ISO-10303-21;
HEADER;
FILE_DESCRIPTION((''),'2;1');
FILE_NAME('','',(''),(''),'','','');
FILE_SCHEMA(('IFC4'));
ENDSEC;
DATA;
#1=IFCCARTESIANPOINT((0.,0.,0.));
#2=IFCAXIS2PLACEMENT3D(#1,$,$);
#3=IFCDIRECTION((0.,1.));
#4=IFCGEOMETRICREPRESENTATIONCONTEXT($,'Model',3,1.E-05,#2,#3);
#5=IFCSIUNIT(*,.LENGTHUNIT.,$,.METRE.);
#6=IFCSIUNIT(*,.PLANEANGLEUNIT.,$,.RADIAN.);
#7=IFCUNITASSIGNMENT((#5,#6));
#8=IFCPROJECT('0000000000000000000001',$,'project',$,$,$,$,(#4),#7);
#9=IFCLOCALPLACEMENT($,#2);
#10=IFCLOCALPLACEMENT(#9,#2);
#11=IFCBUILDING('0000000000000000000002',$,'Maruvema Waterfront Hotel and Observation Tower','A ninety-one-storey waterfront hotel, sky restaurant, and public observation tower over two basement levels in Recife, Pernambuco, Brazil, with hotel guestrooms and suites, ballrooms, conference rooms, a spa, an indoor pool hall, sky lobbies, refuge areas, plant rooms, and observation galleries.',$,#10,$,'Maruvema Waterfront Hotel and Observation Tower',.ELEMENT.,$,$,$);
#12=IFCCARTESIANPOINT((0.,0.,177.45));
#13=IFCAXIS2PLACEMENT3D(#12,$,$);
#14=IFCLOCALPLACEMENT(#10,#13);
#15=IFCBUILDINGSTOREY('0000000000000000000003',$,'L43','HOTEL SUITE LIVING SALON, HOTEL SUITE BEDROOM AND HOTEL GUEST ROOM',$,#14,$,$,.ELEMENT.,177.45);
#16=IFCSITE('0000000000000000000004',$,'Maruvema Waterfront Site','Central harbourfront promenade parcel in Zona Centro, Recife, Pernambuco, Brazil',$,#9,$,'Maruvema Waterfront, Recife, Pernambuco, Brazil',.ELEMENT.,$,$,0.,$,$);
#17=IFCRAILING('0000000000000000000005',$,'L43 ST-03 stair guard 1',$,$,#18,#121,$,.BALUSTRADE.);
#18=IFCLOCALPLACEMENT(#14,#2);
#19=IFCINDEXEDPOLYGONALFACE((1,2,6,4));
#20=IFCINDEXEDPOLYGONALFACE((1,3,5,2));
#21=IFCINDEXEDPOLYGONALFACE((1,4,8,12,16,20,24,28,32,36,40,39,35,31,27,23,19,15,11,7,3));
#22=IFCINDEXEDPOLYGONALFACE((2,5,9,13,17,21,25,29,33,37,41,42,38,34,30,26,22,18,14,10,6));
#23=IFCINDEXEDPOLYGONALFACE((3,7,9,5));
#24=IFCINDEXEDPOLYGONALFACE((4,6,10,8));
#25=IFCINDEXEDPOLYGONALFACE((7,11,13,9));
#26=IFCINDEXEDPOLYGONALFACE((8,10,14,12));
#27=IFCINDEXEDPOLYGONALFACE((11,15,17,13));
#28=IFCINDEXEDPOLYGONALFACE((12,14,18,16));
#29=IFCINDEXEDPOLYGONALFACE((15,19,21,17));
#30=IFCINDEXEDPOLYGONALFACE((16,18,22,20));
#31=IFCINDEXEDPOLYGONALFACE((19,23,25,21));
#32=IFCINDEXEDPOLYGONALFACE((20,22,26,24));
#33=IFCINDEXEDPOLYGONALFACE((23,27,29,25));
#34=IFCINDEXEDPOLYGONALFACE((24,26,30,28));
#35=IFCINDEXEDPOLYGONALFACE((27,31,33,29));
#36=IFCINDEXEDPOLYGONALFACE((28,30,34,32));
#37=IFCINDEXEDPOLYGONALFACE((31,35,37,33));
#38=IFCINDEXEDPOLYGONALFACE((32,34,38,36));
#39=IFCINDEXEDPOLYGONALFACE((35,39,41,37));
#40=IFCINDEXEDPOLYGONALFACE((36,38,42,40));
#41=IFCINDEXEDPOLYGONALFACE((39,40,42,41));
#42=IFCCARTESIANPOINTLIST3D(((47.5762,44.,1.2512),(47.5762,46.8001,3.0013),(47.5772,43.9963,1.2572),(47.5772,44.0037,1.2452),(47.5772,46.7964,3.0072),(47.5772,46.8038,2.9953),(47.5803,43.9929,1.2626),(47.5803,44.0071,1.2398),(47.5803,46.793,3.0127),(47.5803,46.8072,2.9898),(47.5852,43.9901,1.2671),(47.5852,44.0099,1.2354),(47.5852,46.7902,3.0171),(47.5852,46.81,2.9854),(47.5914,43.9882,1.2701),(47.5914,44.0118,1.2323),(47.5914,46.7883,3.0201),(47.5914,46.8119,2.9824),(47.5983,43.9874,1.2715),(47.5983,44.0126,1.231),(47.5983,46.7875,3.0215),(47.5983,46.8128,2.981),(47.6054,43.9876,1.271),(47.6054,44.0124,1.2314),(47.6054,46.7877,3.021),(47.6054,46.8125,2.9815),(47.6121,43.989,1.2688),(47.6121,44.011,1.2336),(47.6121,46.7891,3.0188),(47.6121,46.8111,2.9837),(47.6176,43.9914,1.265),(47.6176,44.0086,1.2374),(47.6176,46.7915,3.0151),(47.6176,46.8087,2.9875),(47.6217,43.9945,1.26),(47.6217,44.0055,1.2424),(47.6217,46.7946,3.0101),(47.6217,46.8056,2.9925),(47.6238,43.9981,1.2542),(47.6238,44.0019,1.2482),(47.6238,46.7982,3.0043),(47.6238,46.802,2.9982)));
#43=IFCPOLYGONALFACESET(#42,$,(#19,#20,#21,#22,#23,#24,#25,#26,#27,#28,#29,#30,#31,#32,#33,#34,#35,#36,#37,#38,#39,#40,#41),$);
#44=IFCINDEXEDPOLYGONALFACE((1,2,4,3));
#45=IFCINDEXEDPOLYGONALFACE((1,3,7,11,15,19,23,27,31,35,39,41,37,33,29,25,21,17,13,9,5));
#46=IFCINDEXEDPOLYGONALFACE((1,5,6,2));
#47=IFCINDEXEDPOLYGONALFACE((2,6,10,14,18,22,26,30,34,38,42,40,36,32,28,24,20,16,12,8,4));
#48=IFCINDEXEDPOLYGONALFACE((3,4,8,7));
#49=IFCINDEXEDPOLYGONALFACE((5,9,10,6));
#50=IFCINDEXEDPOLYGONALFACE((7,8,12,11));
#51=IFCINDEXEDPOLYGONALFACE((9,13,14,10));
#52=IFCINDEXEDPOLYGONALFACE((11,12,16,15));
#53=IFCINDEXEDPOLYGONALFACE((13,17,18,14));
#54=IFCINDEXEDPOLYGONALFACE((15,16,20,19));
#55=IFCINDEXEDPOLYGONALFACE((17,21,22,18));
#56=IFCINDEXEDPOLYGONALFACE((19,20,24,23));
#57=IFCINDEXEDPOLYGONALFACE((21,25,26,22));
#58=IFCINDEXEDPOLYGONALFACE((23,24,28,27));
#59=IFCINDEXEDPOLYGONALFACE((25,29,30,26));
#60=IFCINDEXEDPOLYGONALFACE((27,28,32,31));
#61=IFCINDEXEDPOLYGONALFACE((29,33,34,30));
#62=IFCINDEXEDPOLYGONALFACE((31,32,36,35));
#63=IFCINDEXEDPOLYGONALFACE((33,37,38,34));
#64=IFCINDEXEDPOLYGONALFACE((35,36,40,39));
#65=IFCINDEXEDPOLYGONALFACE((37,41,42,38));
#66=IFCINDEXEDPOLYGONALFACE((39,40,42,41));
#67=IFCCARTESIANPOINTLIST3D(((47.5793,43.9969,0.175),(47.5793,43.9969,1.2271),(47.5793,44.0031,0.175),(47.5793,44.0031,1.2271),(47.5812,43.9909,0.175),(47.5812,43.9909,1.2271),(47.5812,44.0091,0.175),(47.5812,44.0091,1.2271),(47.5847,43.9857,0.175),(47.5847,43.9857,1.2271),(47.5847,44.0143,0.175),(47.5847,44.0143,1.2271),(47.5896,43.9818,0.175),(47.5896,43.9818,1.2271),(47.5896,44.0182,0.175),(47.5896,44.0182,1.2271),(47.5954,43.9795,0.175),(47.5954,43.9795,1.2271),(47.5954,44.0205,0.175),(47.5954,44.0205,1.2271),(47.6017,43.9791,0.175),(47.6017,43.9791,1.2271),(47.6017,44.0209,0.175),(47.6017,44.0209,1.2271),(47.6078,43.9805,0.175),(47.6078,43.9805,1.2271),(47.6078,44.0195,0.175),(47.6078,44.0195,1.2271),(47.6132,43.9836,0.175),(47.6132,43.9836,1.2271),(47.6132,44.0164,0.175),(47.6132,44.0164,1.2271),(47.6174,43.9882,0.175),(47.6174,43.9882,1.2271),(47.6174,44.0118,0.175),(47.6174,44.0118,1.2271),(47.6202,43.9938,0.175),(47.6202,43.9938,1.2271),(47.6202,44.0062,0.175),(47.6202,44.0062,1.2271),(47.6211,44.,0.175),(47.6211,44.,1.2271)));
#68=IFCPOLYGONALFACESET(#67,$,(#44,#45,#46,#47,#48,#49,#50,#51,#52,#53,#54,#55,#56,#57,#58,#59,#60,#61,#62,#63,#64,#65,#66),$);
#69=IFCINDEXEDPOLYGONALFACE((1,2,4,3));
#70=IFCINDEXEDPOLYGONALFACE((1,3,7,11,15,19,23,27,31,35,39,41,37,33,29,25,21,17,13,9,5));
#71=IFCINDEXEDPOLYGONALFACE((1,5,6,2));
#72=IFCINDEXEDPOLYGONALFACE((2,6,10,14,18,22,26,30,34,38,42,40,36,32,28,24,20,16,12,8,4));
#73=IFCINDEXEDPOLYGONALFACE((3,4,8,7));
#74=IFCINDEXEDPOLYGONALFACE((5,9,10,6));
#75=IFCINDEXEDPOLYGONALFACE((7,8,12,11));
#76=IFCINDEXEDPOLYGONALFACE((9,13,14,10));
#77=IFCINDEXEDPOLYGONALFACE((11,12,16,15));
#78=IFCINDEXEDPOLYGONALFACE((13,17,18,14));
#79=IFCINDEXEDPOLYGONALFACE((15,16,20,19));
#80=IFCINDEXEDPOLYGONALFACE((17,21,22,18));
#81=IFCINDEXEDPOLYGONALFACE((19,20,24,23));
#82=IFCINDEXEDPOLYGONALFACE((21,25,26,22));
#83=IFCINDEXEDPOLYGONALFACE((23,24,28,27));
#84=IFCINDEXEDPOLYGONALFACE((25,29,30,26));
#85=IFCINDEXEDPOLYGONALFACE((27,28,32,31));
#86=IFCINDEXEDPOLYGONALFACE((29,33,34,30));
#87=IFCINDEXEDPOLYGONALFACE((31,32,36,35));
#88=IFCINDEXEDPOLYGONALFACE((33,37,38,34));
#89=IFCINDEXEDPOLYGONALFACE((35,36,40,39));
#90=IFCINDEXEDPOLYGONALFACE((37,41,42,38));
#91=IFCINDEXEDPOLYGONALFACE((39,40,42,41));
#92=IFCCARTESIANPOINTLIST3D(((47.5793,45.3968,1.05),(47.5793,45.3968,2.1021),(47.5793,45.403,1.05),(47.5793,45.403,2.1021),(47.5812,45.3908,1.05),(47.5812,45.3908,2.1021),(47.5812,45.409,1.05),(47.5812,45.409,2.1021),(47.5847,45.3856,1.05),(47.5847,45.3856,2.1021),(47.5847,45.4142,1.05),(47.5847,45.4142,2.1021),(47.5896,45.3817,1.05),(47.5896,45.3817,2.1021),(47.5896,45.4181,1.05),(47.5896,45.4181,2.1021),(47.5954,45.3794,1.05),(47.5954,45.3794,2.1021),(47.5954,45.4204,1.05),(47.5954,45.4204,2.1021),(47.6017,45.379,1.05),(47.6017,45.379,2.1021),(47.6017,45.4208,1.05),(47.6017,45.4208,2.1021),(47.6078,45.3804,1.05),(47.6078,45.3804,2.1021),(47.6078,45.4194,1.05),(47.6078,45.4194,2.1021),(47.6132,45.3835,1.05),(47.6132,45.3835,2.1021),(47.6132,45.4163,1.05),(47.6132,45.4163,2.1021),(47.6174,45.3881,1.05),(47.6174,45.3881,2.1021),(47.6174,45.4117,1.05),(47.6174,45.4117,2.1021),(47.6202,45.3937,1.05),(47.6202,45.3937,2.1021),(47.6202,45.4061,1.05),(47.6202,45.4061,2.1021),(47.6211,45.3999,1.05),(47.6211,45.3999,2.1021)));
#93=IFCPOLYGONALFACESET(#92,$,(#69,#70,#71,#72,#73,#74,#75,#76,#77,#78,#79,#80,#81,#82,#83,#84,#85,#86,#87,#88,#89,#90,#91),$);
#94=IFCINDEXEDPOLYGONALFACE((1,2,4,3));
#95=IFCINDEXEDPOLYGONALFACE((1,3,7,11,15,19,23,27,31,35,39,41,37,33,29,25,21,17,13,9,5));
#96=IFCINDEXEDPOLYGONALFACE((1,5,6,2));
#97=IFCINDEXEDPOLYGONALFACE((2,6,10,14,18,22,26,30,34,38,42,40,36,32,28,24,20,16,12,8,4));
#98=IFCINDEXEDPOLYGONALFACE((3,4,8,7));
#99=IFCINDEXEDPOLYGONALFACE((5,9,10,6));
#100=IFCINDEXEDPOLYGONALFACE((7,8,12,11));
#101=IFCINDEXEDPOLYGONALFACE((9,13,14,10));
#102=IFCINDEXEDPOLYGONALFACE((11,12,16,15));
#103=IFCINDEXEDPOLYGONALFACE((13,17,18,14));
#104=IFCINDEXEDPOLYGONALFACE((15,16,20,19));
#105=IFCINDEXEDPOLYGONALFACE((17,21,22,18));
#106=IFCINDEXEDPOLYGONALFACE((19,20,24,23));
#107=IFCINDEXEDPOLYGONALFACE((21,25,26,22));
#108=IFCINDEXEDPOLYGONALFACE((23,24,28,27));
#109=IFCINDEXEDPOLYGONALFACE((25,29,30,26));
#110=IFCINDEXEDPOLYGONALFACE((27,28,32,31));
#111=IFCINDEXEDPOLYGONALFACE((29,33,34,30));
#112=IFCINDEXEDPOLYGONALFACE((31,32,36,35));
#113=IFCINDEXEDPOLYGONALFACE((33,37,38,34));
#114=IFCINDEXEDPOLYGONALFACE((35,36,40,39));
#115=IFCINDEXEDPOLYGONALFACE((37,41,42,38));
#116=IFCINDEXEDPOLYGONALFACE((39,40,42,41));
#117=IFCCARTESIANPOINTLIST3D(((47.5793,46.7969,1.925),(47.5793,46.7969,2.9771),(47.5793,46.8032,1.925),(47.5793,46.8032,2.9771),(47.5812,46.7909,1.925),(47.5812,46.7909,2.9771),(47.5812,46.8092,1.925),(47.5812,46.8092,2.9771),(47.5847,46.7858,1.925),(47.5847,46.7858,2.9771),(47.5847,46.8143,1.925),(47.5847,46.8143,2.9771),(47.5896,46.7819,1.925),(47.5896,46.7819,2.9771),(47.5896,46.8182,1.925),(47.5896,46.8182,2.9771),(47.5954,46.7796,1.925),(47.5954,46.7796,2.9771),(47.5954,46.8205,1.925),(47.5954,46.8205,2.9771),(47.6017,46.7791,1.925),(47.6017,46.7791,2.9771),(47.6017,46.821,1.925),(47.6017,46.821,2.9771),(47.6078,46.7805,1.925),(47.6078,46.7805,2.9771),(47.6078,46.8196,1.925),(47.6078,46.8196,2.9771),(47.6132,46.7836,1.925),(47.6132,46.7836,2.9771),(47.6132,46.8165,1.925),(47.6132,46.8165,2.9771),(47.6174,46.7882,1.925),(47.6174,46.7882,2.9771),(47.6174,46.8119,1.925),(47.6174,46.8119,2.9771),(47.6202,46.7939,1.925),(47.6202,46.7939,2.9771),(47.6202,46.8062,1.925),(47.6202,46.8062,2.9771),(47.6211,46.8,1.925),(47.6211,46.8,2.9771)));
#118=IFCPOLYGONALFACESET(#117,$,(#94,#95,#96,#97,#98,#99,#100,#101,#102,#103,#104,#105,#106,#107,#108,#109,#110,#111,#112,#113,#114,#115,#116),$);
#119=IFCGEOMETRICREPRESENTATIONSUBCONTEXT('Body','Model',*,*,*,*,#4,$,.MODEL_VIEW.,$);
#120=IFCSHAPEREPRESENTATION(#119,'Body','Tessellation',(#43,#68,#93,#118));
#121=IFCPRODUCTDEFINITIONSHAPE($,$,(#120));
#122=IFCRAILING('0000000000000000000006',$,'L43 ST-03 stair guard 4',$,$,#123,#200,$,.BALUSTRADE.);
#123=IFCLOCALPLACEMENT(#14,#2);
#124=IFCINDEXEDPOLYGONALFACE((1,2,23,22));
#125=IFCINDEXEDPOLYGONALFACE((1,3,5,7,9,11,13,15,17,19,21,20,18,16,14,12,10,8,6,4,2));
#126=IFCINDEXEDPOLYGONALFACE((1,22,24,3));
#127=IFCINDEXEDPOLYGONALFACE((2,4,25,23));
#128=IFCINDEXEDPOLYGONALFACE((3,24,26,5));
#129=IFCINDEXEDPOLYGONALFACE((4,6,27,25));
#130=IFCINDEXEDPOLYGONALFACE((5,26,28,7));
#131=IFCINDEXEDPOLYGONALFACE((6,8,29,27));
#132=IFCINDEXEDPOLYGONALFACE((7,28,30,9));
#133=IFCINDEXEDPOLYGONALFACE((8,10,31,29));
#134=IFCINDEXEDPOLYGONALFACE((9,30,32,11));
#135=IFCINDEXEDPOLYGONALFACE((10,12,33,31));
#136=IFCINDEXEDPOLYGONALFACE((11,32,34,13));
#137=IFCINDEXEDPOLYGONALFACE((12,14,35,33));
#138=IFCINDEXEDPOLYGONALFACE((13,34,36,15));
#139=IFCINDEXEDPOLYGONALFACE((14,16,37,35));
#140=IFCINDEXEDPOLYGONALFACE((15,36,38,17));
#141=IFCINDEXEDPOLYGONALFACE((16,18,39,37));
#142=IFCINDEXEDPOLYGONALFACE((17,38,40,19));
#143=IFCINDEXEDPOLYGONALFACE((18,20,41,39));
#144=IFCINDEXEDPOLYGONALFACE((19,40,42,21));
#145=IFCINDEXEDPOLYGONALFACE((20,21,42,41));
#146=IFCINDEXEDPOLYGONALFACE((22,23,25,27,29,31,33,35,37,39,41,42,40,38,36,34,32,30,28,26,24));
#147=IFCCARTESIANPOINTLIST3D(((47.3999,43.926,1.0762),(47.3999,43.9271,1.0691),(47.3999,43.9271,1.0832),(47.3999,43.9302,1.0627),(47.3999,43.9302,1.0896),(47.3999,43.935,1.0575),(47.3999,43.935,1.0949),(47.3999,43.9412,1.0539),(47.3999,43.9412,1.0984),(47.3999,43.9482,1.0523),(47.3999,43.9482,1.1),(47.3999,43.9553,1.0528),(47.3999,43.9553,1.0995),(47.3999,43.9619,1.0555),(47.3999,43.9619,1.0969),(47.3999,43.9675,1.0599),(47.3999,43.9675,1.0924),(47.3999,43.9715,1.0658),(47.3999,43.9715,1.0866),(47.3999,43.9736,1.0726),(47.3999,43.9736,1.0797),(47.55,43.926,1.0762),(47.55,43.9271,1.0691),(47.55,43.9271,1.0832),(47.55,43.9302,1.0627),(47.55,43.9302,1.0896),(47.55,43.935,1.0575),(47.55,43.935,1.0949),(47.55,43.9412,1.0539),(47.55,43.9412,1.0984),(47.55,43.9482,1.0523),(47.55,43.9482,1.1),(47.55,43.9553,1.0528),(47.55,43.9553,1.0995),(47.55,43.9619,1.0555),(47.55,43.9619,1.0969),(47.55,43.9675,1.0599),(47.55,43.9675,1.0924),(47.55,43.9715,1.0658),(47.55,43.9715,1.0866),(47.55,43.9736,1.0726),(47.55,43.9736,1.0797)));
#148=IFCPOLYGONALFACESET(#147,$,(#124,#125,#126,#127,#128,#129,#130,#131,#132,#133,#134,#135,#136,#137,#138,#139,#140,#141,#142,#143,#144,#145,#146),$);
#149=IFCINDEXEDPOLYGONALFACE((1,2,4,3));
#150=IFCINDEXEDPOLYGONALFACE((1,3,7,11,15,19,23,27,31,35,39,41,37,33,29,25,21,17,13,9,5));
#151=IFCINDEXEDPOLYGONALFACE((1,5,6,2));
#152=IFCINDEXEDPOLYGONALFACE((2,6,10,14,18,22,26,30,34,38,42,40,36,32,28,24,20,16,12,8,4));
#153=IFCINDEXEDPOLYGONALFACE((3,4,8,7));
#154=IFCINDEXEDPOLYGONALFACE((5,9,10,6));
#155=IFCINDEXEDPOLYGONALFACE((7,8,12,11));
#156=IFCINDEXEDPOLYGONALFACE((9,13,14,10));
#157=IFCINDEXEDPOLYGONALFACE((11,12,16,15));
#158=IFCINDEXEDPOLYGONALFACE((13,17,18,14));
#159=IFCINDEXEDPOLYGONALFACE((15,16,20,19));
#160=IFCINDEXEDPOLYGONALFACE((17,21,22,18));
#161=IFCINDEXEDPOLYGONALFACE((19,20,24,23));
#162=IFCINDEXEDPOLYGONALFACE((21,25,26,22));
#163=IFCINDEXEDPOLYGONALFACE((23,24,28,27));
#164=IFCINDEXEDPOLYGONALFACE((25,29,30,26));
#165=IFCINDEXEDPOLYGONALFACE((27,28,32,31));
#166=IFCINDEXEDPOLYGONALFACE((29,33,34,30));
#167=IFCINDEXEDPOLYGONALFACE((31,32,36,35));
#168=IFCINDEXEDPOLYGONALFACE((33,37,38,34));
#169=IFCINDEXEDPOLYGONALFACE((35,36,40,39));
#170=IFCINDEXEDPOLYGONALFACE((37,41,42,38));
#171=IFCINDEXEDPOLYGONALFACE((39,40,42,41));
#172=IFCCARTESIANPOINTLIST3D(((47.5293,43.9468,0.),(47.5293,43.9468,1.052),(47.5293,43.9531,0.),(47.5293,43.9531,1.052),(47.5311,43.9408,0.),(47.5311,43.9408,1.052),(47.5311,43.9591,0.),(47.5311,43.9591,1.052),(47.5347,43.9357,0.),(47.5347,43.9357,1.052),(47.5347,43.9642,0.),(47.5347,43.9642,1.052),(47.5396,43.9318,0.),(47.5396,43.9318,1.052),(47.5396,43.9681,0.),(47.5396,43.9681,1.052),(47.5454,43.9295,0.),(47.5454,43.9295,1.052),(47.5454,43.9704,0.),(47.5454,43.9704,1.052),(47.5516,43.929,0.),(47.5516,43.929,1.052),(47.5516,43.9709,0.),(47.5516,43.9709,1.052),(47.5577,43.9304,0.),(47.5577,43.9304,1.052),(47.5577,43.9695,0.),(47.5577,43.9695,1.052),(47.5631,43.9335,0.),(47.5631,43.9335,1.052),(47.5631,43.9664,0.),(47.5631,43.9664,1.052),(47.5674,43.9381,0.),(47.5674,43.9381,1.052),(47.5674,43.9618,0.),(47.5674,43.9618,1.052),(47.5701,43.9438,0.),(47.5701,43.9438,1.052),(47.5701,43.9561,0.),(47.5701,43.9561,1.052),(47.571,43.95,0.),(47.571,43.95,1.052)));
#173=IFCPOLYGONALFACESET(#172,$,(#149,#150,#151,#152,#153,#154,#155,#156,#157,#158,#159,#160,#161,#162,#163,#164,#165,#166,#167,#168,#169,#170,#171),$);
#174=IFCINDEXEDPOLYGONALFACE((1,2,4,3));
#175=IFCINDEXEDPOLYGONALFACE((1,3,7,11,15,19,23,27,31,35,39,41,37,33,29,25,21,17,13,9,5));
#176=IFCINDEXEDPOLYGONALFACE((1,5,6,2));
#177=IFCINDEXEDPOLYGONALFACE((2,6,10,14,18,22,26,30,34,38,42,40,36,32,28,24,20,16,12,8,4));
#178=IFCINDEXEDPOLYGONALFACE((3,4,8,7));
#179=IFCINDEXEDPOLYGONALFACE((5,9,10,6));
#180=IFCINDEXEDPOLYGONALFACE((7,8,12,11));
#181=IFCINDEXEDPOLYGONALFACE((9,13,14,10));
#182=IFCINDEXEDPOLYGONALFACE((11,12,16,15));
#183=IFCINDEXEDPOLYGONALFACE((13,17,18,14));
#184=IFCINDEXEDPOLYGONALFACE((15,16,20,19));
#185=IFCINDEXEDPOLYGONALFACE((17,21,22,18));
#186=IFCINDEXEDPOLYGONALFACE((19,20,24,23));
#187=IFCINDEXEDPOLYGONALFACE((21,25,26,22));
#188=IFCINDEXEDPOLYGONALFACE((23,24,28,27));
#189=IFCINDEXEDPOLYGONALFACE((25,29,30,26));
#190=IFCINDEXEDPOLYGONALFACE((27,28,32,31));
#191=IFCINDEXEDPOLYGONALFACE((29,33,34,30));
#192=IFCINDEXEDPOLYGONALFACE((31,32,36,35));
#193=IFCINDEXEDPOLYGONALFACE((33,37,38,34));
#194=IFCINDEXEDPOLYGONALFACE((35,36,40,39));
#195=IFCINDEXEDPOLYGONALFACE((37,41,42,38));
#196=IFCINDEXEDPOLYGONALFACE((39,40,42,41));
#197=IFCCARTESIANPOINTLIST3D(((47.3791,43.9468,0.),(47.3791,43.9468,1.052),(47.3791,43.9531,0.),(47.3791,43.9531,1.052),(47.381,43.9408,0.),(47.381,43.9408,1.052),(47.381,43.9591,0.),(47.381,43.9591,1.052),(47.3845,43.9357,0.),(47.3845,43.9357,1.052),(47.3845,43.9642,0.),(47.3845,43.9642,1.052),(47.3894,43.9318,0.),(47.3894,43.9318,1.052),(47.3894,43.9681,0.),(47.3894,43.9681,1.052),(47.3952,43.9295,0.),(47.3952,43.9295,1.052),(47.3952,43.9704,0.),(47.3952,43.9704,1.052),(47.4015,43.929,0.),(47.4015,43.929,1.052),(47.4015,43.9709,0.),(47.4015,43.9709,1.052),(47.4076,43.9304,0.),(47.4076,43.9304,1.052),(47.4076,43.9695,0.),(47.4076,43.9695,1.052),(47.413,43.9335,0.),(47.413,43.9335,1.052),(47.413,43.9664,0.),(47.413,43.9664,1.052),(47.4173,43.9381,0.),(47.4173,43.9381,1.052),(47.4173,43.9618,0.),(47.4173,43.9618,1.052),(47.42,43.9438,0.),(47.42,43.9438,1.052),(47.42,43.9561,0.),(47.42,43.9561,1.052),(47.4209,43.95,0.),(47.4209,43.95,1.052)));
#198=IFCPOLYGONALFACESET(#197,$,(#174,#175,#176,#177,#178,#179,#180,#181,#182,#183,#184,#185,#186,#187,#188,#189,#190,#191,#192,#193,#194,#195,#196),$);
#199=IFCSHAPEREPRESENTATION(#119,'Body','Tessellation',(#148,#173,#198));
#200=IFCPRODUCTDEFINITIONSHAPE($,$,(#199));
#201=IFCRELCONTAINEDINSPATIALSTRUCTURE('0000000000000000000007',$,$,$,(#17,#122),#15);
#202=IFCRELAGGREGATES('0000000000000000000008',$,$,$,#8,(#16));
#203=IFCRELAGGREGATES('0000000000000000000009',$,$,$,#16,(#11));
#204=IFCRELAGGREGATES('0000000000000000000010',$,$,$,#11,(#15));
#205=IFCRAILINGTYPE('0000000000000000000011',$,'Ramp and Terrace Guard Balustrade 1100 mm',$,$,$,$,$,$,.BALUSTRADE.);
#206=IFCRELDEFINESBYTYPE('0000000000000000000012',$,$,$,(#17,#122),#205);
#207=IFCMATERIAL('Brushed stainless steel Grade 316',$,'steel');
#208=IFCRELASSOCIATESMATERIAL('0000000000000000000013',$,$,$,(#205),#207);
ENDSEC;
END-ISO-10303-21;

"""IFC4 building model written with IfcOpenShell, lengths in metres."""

from ifc_helpers import new_model, si_unit, direction, frame, origin, origin_2d, place, context, subcontext, project, spatial, circle, extrude, material, type_object, element, save


model = new_model("IFC4")

# Units and contexts
model_context = context("Model", 3, precision=1e-05, world=origin(), true_north=direction((0.0, 1.0)))
body_context = subcontext(model_context, "Body", "Model", "MODEL_VIEW")
ifc_project = project(units=[si_unit("LENGTHUNIT", "METRE"), si_unit("PLANEANGLEUNIT", "RADIAN")], contexts=[model_context])

# Site, building, storey
site_placement = place(None, origin())
site = spatial("IfcSite", under=ifc_project, at=site_placement, Name="Maruvema Waterfront Site", Description="Central harbourfront promenade parcel in Zona Centro, Recife, Pernambuco, Brazil", LongName="Maruvema Waterfront, Recife, Pernambuco, Brazil", CompositionType="ELEMENT", RefElevation=0.0)
building_placement = place(site_placement, origin())
building = spatial("IfcBuilding", under=site, at=building_placement, Name="Maruvema Waterfront Hotel and Observation Tower", Description="A ninety-one-storey waterfront hotel, sky restaurant, and public observation tower over two basement levels in Recife, Pernambuco, Brazil, with hotel guestrooms and suites, ballrooms, conference rooms, a spa, an indoor pool hall, sky lobbies, refuge areas, plant rooms, and observation galleries.", LongName="Maruvema Waterfront Hotel and Observation Tower", CompositionType="ELEMENT")
storey_placement = place(building_placement, frame((0.0, 0.0, 177.45)))
storey = spatial("IfcBuildingStorey", under=building, at=storey_placement, Name="L43", Description="HOTEL SUITE LIVING SALON, HOTEL SUITE BEDROOM AND HOTEL GUEST ROOM", CompositionType="ELEMENT", Elevation=177.45)

# Railings
ifc_material_1 = material(Name="Brushed stainless steel Grade 316", Category="steel")
railing_type_1 = type_object("IfcRailingType", Name="Ramp and Terrace Guard Balustrade 1100 mm", PredefinedType="BALUSTRADE", material=ifc_material_1)
railing_1_placement = place(storey_placement, frame((47.6001, 44.0, 0.175)))
element("IfcRailing", 1, at=railing_1_placement, inside=storey, type_object=railing_type_1, Name="L43 ST-03 stair guard 1", PredefinedType="BALUSTRADE", context=body_context, shape_type="SweptSolid", body=[
    extrude(circle(Radius=0.0239, at=origin_2d()), frame((0.0, 0.0, 1.0762), z_axis=(0.0, 0.848002, 0.529992), x_axis=(-1.0, 0.0, 0.0)), (0.0, 0.0, 1.0), 3.302),
    extrude(circle(Radius=0.021, at=origin_2d()), origin(), (0.0, 0.0, 1.0), 1.052),
    extrude(circle(Radius=0.021, at=origin_2d()), frame((0.0, 1.3999, 0.875)), (0.0, 0.0, 1.0), 1.052),
    extrude(circle(Radius=0.021, at=origin_2d()), frame((0.0, 2.8, 1.75)), (0.0, 0.0, 1.0), 1.052),
])
railing_2_placement = place(storey_placement, frame((47.55, 43.95, 0.0)))
element("IfcRailing", 2, at=railing_2_placement, inside=storey, type_object=railing_type_1, Name="L43 ST-03 stair guard 4", PredefinedType="BALUSTRADE", context=body_context, shape_type="SweptSolid", body=[
    extrude(circle(Radius=0.0239, at=origin_2d()), frame((0.0, 0.0, 1.0762), z_axis=(-1.0, 0.0, 0.0), x_axis=(0.0, -1.0, 0.0)), (0.0, 0.0, 1.0), 0.1501),
    extrude(circle(Radius=0.021, at=origin_2d()), origin(), (0.0, 0.0, 1.0), 1.052),
    extrude(circle(Radius=0.021, at=origin_2d()), frame((-0.1501, 0.0, 0.0)), (0.0, 0.0, 1.0), 1.052),
])

save(model, "model.ifc")
